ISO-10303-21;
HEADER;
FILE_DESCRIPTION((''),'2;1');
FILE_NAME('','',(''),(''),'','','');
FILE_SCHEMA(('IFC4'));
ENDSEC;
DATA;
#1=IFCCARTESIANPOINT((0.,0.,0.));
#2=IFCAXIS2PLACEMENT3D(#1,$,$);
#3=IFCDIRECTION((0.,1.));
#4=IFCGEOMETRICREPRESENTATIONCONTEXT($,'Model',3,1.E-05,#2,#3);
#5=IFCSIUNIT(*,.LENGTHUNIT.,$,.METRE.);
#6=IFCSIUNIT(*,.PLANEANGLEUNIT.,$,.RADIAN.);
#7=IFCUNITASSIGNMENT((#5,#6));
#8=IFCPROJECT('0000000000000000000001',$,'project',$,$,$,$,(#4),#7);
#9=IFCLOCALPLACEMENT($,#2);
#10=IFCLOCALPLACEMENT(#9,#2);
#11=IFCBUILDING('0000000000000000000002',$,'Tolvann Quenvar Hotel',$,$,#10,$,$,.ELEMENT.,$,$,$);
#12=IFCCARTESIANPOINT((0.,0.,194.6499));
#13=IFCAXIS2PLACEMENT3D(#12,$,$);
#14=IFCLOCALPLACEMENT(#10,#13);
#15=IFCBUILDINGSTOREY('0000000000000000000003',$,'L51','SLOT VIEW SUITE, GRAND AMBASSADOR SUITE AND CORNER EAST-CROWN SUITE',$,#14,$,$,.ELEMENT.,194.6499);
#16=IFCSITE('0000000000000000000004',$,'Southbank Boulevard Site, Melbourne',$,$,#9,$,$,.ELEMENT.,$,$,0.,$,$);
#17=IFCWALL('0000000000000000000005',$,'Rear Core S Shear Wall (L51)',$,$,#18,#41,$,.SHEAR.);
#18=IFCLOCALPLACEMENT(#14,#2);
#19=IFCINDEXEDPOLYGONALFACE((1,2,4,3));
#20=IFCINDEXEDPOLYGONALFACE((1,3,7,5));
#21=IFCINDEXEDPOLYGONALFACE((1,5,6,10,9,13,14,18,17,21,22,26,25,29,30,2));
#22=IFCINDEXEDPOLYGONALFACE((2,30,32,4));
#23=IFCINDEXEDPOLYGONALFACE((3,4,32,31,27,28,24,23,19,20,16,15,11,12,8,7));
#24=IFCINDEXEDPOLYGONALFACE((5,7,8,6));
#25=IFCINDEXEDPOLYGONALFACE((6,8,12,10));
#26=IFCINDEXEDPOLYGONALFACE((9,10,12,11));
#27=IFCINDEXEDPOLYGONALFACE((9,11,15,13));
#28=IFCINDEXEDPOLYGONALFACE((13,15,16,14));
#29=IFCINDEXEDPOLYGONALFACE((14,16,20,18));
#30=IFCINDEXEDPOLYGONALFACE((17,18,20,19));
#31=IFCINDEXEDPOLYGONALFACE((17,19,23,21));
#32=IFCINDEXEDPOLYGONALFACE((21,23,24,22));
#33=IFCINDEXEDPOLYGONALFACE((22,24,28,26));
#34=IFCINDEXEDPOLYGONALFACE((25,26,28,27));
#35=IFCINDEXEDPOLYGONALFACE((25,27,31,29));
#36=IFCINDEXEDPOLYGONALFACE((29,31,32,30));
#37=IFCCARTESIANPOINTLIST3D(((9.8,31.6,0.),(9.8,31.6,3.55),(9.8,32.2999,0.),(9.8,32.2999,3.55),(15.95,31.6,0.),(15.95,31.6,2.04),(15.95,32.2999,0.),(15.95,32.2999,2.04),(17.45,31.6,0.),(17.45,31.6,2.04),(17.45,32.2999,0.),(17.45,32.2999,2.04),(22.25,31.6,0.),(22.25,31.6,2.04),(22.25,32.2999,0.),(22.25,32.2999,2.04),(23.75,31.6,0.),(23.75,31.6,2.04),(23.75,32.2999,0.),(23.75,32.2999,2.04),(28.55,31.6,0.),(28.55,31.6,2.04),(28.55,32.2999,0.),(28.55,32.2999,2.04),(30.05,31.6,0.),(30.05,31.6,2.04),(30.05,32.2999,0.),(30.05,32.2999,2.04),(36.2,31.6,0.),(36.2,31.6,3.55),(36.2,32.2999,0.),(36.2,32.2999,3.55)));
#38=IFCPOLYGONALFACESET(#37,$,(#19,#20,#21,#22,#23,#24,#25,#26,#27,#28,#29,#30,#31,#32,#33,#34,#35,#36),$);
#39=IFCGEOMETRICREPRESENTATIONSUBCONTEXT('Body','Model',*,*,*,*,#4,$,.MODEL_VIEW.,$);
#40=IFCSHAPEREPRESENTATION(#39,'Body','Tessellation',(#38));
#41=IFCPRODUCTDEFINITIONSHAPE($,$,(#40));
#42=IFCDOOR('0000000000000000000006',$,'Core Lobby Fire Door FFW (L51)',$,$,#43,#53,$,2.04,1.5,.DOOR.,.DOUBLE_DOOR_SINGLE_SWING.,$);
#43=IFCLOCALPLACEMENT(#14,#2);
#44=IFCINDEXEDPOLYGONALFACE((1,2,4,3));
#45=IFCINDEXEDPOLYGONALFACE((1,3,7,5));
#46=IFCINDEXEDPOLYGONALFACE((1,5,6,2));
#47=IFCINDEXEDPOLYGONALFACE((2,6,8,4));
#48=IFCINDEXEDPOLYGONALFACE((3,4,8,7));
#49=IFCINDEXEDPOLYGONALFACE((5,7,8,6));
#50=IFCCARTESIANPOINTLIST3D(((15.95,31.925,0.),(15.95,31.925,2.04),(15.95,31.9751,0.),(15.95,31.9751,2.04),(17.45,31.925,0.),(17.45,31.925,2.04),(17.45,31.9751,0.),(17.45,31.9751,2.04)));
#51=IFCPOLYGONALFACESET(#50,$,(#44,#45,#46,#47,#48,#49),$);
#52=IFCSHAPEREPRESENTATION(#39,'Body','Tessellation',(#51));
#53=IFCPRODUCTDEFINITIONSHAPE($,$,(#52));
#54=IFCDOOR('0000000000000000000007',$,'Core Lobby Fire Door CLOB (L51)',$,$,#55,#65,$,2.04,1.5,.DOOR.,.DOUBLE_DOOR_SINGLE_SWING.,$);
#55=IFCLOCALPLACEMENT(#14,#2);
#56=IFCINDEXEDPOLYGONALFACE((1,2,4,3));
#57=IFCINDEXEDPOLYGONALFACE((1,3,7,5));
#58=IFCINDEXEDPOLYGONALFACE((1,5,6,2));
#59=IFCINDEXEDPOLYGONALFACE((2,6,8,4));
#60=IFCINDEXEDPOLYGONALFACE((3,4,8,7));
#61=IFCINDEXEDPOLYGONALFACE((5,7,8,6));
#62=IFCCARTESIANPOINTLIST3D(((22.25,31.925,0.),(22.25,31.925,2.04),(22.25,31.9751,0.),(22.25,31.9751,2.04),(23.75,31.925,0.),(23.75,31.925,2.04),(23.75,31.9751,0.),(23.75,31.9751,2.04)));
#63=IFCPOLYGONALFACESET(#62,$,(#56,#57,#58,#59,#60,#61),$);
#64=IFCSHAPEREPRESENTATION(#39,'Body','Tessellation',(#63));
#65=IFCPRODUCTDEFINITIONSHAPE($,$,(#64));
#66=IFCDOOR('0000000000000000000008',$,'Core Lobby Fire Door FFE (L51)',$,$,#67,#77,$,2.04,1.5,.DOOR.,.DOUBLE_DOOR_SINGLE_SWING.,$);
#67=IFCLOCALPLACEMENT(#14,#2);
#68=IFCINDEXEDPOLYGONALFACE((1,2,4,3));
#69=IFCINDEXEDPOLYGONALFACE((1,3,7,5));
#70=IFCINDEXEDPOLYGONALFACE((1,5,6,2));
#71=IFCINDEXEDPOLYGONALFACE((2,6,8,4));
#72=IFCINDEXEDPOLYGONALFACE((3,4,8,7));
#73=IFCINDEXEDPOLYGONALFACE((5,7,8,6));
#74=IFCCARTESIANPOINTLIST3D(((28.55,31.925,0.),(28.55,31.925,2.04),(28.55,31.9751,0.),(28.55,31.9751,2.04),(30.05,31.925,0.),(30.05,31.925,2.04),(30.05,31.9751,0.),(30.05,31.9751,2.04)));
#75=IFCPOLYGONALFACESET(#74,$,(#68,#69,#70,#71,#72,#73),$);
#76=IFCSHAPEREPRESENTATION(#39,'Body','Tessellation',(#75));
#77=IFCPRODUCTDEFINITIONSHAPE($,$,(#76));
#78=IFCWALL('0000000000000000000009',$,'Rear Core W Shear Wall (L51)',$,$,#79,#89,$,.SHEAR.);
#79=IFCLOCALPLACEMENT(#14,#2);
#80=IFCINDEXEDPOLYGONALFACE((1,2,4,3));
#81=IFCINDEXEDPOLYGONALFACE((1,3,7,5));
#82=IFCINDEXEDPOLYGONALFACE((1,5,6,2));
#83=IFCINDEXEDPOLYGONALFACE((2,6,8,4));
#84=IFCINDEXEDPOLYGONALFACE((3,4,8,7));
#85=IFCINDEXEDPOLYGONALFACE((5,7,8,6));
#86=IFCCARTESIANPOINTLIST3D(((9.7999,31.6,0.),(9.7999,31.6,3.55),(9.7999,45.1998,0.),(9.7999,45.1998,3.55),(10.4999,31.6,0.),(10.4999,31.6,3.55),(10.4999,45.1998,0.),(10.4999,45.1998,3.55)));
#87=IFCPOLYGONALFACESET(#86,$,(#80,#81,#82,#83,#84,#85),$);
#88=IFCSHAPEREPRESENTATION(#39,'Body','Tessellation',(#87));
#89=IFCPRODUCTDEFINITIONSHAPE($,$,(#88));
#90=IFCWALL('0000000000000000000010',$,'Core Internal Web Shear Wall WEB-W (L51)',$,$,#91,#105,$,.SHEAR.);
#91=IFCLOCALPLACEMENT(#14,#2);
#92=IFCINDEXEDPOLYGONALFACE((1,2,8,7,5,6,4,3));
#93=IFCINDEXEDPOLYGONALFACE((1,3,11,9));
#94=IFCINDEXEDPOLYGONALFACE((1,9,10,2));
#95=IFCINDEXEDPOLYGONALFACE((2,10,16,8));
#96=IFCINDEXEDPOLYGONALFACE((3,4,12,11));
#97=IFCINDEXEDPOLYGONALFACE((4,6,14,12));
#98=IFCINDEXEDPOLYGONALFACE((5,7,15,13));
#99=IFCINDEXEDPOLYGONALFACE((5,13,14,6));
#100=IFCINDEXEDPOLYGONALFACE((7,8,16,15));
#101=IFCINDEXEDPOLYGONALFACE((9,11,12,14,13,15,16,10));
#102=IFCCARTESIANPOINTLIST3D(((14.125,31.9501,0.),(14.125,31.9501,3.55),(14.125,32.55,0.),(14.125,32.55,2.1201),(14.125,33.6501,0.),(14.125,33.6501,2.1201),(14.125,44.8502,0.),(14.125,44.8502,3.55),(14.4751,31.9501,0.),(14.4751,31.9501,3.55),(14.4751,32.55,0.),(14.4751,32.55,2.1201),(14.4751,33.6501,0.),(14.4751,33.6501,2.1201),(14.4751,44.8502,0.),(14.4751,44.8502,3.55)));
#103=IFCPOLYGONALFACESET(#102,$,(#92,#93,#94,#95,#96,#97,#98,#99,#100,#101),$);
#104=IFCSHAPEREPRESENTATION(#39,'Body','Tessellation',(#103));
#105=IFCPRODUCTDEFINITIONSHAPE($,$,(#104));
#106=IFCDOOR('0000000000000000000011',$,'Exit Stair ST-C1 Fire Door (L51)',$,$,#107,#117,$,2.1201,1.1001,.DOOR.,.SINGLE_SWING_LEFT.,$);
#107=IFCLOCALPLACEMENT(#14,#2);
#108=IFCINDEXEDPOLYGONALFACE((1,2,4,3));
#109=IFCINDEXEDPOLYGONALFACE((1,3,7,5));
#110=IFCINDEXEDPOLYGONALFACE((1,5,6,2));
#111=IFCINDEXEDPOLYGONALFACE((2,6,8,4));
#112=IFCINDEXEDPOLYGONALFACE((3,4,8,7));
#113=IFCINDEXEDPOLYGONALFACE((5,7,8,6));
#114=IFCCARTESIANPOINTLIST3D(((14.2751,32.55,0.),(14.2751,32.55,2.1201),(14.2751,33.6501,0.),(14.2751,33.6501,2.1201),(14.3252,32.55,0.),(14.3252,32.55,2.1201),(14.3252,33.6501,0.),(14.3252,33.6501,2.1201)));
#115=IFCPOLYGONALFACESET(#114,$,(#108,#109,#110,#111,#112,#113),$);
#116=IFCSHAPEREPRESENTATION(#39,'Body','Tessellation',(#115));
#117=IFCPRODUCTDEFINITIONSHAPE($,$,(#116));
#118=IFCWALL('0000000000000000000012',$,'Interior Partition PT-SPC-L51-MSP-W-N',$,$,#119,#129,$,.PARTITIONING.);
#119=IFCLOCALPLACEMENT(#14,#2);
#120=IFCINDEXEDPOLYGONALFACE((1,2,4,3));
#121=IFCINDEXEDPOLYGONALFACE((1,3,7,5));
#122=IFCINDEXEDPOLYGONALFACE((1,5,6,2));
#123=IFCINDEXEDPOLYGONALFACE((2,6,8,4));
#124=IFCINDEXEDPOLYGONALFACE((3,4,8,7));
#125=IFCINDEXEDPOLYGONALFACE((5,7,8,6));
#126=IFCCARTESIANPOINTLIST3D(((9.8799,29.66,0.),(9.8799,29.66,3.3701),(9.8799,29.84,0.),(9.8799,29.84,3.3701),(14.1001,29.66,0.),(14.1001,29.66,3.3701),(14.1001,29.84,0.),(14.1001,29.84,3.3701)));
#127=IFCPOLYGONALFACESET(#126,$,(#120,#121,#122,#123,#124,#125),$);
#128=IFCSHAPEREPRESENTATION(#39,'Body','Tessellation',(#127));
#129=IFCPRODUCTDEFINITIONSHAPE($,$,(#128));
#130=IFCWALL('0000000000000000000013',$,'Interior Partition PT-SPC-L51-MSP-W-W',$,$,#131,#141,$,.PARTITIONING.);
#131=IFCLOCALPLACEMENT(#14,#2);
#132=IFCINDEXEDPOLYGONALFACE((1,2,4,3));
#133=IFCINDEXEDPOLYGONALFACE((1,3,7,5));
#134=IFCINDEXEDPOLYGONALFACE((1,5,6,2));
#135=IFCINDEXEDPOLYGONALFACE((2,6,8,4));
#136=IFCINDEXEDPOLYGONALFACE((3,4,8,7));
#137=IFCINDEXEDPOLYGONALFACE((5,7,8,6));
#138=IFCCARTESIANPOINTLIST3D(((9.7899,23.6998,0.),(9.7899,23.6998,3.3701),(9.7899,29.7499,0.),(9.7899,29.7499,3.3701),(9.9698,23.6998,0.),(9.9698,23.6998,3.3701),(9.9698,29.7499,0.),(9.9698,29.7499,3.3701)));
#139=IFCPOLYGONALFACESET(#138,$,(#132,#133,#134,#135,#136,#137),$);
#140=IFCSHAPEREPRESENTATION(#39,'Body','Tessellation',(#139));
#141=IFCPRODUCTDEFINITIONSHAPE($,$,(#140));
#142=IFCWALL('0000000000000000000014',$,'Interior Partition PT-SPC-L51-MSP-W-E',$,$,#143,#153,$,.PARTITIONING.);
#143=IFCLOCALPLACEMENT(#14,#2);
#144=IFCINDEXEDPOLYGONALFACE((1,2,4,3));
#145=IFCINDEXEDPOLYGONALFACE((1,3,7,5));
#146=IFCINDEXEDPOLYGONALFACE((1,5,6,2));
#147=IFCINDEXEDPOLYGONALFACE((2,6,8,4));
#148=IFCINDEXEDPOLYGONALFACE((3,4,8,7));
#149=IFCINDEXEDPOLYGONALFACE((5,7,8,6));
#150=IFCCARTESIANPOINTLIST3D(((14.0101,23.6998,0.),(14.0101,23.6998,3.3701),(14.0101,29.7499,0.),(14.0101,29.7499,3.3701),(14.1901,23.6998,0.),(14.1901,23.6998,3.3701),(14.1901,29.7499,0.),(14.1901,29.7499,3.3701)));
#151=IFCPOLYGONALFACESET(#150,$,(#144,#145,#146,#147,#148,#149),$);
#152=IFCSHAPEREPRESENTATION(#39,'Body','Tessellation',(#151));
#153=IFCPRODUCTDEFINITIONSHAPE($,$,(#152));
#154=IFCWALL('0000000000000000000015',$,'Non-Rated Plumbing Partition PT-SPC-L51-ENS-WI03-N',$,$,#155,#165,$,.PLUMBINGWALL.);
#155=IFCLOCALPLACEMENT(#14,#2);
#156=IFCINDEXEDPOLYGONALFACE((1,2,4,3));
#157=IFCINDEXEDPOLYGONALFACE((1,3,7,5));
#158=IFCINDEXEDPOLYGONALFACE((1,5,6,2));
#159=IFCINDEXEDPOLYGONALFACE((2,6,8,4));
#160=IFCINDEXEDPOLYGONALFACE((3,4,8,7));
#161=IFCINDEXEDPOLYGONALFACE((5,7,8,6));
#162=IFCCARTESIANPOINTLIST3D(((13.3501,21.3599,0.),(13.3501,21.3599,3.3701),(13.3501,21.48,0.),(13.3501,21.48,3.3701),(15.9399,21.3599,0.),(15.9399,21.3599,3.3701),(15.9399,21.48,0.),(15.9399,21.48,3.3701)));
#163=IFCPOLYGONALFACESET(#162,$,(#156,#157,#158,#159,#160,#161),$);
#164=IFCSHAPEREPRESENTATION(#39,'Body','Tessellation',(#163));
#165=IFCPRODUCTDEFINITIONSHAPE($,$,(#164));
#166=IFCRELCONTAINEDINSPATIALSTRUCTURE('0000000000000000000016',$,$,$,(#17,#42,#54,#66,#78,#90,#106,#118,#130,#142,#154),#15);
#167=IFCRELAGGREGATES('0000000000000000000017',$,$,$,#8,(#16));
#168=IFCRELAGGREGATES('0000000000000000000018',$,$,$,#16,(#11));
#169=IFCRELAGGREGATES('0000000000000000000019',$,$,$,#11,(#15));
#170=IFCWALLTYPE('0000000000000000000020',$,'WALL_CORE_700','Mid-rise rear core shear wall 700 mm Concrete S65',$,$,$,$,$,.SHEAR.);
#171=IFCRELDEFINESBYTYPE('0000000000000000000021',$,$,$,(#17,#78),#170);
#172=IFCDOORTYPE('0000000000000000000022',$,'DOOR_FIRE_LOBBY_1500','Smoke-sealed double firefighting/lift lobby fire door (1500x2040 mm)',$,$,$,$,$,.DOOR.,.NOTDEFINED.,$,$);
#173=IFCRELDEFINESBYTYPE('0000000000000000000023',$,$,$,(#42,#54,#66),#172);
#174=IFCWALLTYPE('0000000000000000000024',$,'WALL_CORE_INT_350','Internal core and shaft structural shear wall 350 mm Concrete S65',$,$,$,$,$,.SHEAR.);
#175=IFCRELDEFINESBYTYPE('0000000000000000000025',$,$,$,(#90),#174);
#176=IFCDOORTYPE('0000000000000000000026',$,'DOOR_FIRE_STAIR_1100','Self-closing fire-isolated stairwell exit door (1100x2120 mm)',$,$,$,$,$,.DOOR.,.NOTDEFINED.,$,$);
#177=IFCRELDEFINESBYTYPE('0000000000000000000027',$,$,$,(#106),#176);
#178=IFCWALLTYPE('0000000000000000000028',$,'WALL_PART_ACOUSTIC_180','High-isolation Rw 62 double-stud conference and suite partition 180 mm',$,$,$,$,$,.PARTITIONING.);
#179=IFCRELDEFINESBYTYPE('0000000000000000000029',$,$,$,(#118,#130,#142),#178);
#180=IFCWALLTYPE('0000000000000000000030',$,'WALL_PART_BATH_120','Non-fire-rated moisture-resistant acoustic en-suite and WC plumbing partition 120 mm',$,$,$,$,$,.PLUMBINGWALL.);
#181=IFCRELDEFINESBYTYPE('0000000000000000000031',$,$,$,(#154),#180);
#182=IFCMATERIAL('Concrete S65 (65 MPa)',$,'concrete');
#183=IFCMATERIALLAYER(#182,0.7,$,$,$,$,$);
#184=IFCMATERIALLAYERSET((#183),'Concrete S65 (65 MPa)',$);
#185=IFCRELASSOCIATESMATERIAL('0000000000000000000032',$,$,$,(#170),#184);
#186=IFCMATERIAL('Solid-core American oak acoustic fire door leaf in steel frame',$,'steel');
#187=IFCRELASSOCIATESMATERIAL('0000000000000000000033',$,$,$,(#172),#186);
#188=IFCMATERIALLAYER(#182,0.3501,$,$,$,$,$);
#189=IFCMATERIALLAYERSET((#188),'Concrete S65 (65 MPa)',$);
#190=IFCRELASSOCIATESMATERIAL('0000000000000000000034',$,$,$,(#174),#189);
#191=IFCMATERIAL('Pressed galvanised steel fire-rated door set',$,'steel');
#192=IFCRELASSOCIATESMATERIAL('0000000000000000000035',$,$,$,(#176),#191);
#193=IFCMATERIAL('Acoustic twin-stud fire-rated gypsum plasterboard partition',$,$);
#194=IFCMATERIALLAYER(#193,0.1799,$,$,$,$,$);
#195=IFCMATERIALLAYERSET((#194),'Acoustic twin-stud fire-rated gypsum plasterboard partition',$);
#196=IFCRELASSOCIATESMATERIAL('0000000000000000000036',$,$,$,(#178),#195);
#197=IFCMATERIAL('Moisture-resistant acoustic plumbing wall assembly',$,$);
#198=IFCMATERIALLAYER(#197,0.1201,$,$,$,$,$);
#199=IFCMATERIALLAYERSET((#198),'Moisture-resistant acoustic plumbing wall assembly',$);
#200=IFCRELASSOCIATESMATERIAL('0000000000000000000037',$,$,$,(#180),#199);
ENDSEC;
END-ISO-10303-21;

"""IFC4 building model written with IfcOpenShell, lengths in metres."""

from ifc_helpers import new_model, si_unit, direction, frame, frame_2d, origin, place, context, subcontext, project, spatial, rectangle, extrude, source, transform, mapped, material, layer, layer_set, type_object, type_shapes, element, fill, save


model = new_model("IFC4")

# Units and contexts
model_context = context("Model", 3, precision=1e-05, world=origin(), true_north=direction((0.0, 1.0)))
body_context = subcontext(model_context, "Body", "Model", "MODEL_VIEW")
ifc_project = project(units=[si_unit("LENGTHUNIT", "METRE"), si_unit("PLANEANGLEUNIT", "RADIAN")], contexts=[model_context])

# Site, building, storey
site_placement = place(None, origin())
site = spatial("IfcSite", under=ifc_project, at=site_placement, Name="Southbank Boulevard Site, Melbourne", CompositionType="ELEMENT", RefElevation=0.0)
building_placement = place(site_placement, origin())
building = spatial("IfcBuilding", under=site, at=building_placement, Name="Tolvann Quenvar Hotel", CompositionType="ELEMENT")
storey_placement = place(building_placement, frame((0.0, 0.0, 194.6499)))
storey = spatial("IfcBuildingStorey", under=building, at=storey_placement, Name="L51", Description="SLOT VIEW SUITE, GRAND AMBASSADOR SUITE AND CORNER EAST-CROWN SUITE", CompositionType="ELEMENT", Elevation=194.6499)

# Wall, openings, doors
ifc_material_1 = material(Name="Concrete S65 (65 MPa)", Category="concrete")
ifc_layer_1 = layer(ifc_material_1, 0.7)
ifc_layer_set_1 = layer_set([ifc_layer_1], Name="Concrete S65 (65 MPa)")
wall_type_1 = type_object("IfcWallType", Name="WALL_CORE_700", Description="Mid-rise rear core shear wall 700 mm Concrete S65", PredefinedType="SHEAR", material=ifc_layer_set_1)
wall_1_placement = place(storey_placement, frame((9.8, 31.95, 0.0), z_axis=(0.0, 0.0, 1.0), x_axis=(1.0, 0.0, 0.0)))
wall_1 = element("IfcWall", 1, at=wall_1_placement, inside=storey, type_object=wall_type_1, Name="Rear Core S Shear Wall (L51)", PredefinedType="SHEAR", context=body_context, shape_type="SweptSolid", body=[
    extrude(rectangle(XDim=26.3999, YDim=0.7, at=frame_2d((13.2, 0.0))), origin(), (0.0, 0.0, 1.0), 3.55),
])
opening_1_placement = place(wall_1_placement, frame((7.6499, 0.0, 0.0), z_axis=(0.0, 0.0, 1.0), x_axis=(-1.0, 0.0, 0.0)))
opening_1 = element("IfcOpeningElement", 2, at=opening_1_placement, cuts=wall_1, PredefinedType="OPENING", context=body_context, shape_type="SweptSolid", body=[
    extrude(rectangle(XDim=1.5, YDim=2.04, at=frame_2d((0.75, 1.02))), frame((0.0, 0.3599, 0.0), z_axis=(0.0, -1.0, 0.0), x_axis=(1.0, 0.0, 0.0)), (0.0, 0.0, 1.0), 0.72),
])
opening_2_placement = place(wall_1_placement, frame((13.95, 0.0, 0.0), z_axis=(0.0, 0.0, 1.0), x_axis=(-1.0, 0.0, 0.0)))
opening_2 = element("IfcOpeningElement", 3, at=opening_2_placement, cuts=wall_1, PredefinedType="OPENING", context=body_context, shape_type="SweptSolid", body=[
    extrude(rectangle(XDim=1.5, YDim=2.04, at=frame_2d((0.75, 1.02))), frame((0.0, 0.3599, 0.0), z_axis=(0.0, -1.0, 0.0), x_axis=(1.0, 0.0, 0.0)), (0.0, 0.0, 1.0), 0.72),
])
opening_3_placement = place(wall_1_placement, frame((20.25, 0.0, 0.0), z_axis=(0.0, 0.0, 1.0), x_axis=(-1.0, 0.0, 0.0)))
opening_3 = element("IfcOpeningElement", 4, at=opening_3_placement, cuts=wall_1, PredefinedType="OPENING", context=body_context, shape_type="SweptSolid", body=[
    extrude(rectangle(XDim=1.5, YDim=2.04, at=frame_2d((0.75, 1.02))), frame((0.0, 0.3599, 0.0), z_axis=(0.0, -1.0, 0.0), x_axis=(1.0, 0.0, 0.0)), (0.0, 0.0, 1.0), 0.72),
])
ifc_material_2 = material(Name="Solid-core American oak acoustic fire door leaf in steel frame", Category="steel")
door_type_1 = type_object("IfcDoorType", Name="DOOR_FIRE_LOBBY_1500", Description="Smoke-sealed double firefighting/lift lobby fire door (1500x2040 mm)", OperationType="NOTDEFINED", PredefinedType="DOOR", material=ifc_material_2)
shared_shape_1 = source(origin(), body_context, "Body", "SweptSolid", [
    extrude(rectangle(XDim=1.5, YDim=2.04, at=frame_2d((0.75, 1.02))), frame((0.0, 0.0249, 0.0), z_axis=(0.0, -1.0, 0.0), x_axis=(1.0, 0.0, 0.0)), (0.0, 0.0, 1.0), 0.05),
])
type_shapes(door_type_1, [shared_shape_1])
door_1_placement = place(opening_1_placement, origin())
door_1 = element("IfcDoor", 5, at=door_1_placement, inside=storey, type_object=door_type_1, Name="Core Lobby Fire Door FFW (L51)", OperationType="DOUBLE_DOOR_SINGLE_SWING", OverallHeight=2.04, OverallWidth=1.5, PredefinedType="DOOR", context=body_context, shape_type="MappedRepresentation", body=[
    mapped(shared_shape_1, transform((0.0, 0.0, 0.0), x_axis=(1.0, 0.0, 0.0), y_axis=(0.0, 1.0, 0.0), z_axis=(0.0, 0.0, 1.0), scale=1.0)),
])
fill(opening_1, door_1)
door_2_placement = place(opening_2_placement, origin())
door_2 = element("IfcDoor", 6, at=door_2_placement, inside=storey, type_object=door_type_1, Name="Core Lobby Fire Door CLOB (L51)", OperationType="DOUBLE_DOOR_SINGLE_SWING", OverallHeight=2.04, OverallWidth=1.5, PredefinedType="DOOR", context=body_context, shape_type="MappedRepresentation", body=[
    mapped(shared_shape_1, transform((0.0, 0.0, 0.0), x_axis=(1.0, 0.0, 0.0), y_axis=(0.0, 1.0, 0.0), z_axis=(0.0, 0.0, 1.0), scale=1.0)),
])
fill(opening_2, door_2)
door_3_placement = place(opening_3_placement, origin())
door_3 = element("IfcDoor", 7, at=door_3_placement, inside=storey, type_object=door_type_1, Name="Core Lobby Fire Door FFE (L51)", OperationType="DOUBLE_DOOR_SINGLE_SWING", OverallHeight=2.04, OverallWidth=1.5, PredefinedType="DOOR", context=body_context, shape_type="MappedRepresentation", body=[
    mapped(shared_shape_1, transform((0.0, 0.0, 0.0), x_axis=(1.0, 0.0, 0.0), y_axis=(0.0, 1.0, 0.0), z_axis=(0.0, 0.0, 1.0), scale=1.0)),
])
fill(opening_3, door_3)

# Wall
wall_2_placement = place(storey_placement, frame((10.1499, 31.6001, 0.0), z_axis=(0.0, 0.0, 1.0), x_axis=(0.0, 1.0, 0.0)))
element("IfcWall", 8, at=wall_2_placement, inside=storey, type_object=wall_type_1, Name="Rear Core W Shear Wall (L51)", PredefinedType="SHEAR", context=body_context, shape_type="SweptSolid", body=[
    extrude(rectangle(XDim=13.5999, YDim=0.7, at=frame_2d((6.7998, 0.0))), origin(), (0.0, 0.0, 1.0), 3.55),
])

# Wall, opening, door
ifc_layer_2 = layer(ifc_material_1, 0.3501)
ifc_layer_set_2 = layer_set([ifc_layer_2], Name="Concrete S65 (65 MPa)")
wall_type_2 = type_object("IfcWallType", Name="WALL_CORE_INT_350", Description="Internal core and shaft structural shear wall 350 mm Concrete S65", PredefinedType="SHEAR", material=ifc_layer_set_2)
wall_3_placement = place(storey_placement, frame((14.3, 31.95, 0.0), z_axis=(0.0, 0.0, 1.0), x_axis=(0.0, 1.0, 0.0)))
wall_3 = element("IfcWall", 9, at=wall_3_placement, inside=storey, type_object=wall_type_2, Name="Core Internal Web Shear Wall WEB-W (L51)", PredefinedType="SHEAR", context=body_context, shape_type="SweptSolid", body=[
    extrude(rectangle(XDim=12.9001, YDim=0.3501, at=frame_2d((6.4502, 0.0))), origin(), (0.0, 0.0, 1.0), 3.55),
])
opening_4_placement = place(wall_3_placement, frame((0.6001, 0.0, 0.0)))
opening_4 = element("IfcOpeningElement", 10, at=opening_4_placement, cuts=wall_3, PredefinedType="OPENING", context=body_context, shape_type="SweptSolid", body=[
    extrude(rectangle(XDim=1.1001, YDim=2.1201, at=frame_2d((0.55, 1.0601))), frame((0.0, 0.1851, 0.0), z_axis=(0.0, -1.0, 0.0), x_axis=(1.0, 0.0, 0.0)), (0.0, 0.0, 1.0), 0.3701),
])
ifc_material_3 = material(Name="Pressed galvanised steel fire-rated door set", Category="steel")
door_type_2 = type_object("IfcDoorType", Name="DOOR_FIRE_STAIR_1100", Description="Self-closing fire-isolated stairwell exit door (1100x2120 mm)", OperationType="NOTDEFINED", PredefinedType="DOOR", material=ifc_material_3)
shared_shape_2 = source(origin(), body_context, "Body", "SweptSolid", [
    extrude(rectangle(XDim=1.1001, YDim=2.1201, at=frame_2d((0.55, 1.0601))), frame((0.0, 0.0249, 0.0), z_axis=(0.0, -1.0, 0.0), x_axis=(1.0, 0.0, 0.0)), (0.0, 0.0, 1.0), 0.05),
])
type_shapes(door_type_2, [shared_shape_2])
door_4_placement = place(opening_4_placement, origin())
door_4 = element("IfcDoor", 11, at=door_4_placement, inside=storey, type_object=door_type_2, Name="Exit Stair ST-C1 Fire Door (L51)", OperationType="SINGLE_SWING_LEFT", OverallHeight=2.1201, OverallWidth=1.1001, PredefinedType="DOOR", context=body_context, shape_type="MappedRepresentation", body=[
    mapped(shared_shape_2, transform((0.0, 0.0, 0.0), x_axis=(1.0, 0.0, 0.0), y_axis=(0.0, 1.0, 0.0), z_axis=(0.0, 0.0, 1.0), scale=1.0)),
])
fill(opening_4, door_4)
ifc_material_4 = material(Name="Acoustic twin-stud fire-rated gypsum plasterboard partition")
ifc_layer_3 = layer(ifc_material_4, 0.1799)
ifc_layer_set_3 = layer_set([ifc_layer_3], Name="Acoustic twin-stud fire-rated gypsum plasterboard partition")
wall_type_3 = type_object("IfcWallType", Name="WALL_PART_ACOUSTIC_180", Description="High-isolation Rw 62 double-stud conference and suite partition 180 mm", PredefinedType="PARTITIONING", material=ifc_layer_set_3)

# Walls
wall_4_placement = place(storey_placement, frame((9.8799, 29.75, 0.0), z_axis=(0.0, 0.0, 1.0), x_axis=(1.0, 0.0, 0.0)))
element("IfcWall", 12, at=wall_4_placement, inside=storey, type_object=wall_type_3, Name="Interior Partition PT-SPC-L51-MSP-W-N", PredefinedType="PARTITIONING", context=body_context, shape_type="SweptSolid", body=[
    extrude(rectangle(XDim=4.2202, YDim=0.1799, at=frame_2d((2.1101, 0.0))), origin(), (0.0, 0.0, 1.0), 3.3701),
])
for number, where, z_axis, x_axis, name in (
    (13, (9.8799, 23.7, 0.0), (0.0, 0.0, 1.0), (0.0, 1.0, 0.0), "Interior Partition PT-SPC-L51-MSP-W-W"),
    (14, (14.1001, 23.7, 0.0), (0.0, 0.0, 1.0), (0.0, 1.0, 0.0), "Interior Partition PT-SPC-L51-MSP-W-E"),
):
    element("IfcWall", number, at=place(storey_placement, frame(where, z_axis=z_axis, x_axis=x_axis)), inside=storey, type_object=wall_type_3, Name=name, PredefinedType="PARTITIONING", context=body_context, shape_type="SweptSolid", body=[
        extrude(rectangle(XDim=6.05, YDim=0.1799, at=frame_2d((3.0249, 0.0))), origin(), (0.0, 0.0, 1.0), 3.3701),
    ])
ifc_material_5 = material(Name="Moisture-resistant acoustic plumbing wall assembly")
ifc_layer_4 = layer(ifc_material_5, 0.1201)
ifc_layer_set_4 = layer_set([ifc_layer_4], Name="Moisture-resistant acoustic plumbing wall assembly")
wall_type_4 = type_object("IfcWallType", Name="WALL_PART_BATH_120", Description="Non-fire-rated moisture-resistant acoustic en-suite and WC plumbing partition 120 mm", PredefinedType="PLUMBINGWALL", material=ifc_layer_set_4)
wall_5_placement = place(storey_placement, frame((13.3501, 21.4199, 0.0), z_axis=(0.0, 0.0, 1.0), x_axis=(1.0, 0.0, 0.0)))
element("IfcWall", 15, at=wall_5_placement, inside=storey, type_object=wall_type_4, Name="Non-Rated Plumbing Partition PT-SPC-L51-ENS-WI03-N", PredefinedType="PLUMBINGWALL", context=body_context, shape_type="SweptSolid", body=[
    extrude(rectangle(XDim=2.5898, YDim=0.1201, at=frame_2d((1.2949, 0.0))), origin(), (0.0, 0.0, 1.0), 3.3701),
])

save(model, "model.ifc")
